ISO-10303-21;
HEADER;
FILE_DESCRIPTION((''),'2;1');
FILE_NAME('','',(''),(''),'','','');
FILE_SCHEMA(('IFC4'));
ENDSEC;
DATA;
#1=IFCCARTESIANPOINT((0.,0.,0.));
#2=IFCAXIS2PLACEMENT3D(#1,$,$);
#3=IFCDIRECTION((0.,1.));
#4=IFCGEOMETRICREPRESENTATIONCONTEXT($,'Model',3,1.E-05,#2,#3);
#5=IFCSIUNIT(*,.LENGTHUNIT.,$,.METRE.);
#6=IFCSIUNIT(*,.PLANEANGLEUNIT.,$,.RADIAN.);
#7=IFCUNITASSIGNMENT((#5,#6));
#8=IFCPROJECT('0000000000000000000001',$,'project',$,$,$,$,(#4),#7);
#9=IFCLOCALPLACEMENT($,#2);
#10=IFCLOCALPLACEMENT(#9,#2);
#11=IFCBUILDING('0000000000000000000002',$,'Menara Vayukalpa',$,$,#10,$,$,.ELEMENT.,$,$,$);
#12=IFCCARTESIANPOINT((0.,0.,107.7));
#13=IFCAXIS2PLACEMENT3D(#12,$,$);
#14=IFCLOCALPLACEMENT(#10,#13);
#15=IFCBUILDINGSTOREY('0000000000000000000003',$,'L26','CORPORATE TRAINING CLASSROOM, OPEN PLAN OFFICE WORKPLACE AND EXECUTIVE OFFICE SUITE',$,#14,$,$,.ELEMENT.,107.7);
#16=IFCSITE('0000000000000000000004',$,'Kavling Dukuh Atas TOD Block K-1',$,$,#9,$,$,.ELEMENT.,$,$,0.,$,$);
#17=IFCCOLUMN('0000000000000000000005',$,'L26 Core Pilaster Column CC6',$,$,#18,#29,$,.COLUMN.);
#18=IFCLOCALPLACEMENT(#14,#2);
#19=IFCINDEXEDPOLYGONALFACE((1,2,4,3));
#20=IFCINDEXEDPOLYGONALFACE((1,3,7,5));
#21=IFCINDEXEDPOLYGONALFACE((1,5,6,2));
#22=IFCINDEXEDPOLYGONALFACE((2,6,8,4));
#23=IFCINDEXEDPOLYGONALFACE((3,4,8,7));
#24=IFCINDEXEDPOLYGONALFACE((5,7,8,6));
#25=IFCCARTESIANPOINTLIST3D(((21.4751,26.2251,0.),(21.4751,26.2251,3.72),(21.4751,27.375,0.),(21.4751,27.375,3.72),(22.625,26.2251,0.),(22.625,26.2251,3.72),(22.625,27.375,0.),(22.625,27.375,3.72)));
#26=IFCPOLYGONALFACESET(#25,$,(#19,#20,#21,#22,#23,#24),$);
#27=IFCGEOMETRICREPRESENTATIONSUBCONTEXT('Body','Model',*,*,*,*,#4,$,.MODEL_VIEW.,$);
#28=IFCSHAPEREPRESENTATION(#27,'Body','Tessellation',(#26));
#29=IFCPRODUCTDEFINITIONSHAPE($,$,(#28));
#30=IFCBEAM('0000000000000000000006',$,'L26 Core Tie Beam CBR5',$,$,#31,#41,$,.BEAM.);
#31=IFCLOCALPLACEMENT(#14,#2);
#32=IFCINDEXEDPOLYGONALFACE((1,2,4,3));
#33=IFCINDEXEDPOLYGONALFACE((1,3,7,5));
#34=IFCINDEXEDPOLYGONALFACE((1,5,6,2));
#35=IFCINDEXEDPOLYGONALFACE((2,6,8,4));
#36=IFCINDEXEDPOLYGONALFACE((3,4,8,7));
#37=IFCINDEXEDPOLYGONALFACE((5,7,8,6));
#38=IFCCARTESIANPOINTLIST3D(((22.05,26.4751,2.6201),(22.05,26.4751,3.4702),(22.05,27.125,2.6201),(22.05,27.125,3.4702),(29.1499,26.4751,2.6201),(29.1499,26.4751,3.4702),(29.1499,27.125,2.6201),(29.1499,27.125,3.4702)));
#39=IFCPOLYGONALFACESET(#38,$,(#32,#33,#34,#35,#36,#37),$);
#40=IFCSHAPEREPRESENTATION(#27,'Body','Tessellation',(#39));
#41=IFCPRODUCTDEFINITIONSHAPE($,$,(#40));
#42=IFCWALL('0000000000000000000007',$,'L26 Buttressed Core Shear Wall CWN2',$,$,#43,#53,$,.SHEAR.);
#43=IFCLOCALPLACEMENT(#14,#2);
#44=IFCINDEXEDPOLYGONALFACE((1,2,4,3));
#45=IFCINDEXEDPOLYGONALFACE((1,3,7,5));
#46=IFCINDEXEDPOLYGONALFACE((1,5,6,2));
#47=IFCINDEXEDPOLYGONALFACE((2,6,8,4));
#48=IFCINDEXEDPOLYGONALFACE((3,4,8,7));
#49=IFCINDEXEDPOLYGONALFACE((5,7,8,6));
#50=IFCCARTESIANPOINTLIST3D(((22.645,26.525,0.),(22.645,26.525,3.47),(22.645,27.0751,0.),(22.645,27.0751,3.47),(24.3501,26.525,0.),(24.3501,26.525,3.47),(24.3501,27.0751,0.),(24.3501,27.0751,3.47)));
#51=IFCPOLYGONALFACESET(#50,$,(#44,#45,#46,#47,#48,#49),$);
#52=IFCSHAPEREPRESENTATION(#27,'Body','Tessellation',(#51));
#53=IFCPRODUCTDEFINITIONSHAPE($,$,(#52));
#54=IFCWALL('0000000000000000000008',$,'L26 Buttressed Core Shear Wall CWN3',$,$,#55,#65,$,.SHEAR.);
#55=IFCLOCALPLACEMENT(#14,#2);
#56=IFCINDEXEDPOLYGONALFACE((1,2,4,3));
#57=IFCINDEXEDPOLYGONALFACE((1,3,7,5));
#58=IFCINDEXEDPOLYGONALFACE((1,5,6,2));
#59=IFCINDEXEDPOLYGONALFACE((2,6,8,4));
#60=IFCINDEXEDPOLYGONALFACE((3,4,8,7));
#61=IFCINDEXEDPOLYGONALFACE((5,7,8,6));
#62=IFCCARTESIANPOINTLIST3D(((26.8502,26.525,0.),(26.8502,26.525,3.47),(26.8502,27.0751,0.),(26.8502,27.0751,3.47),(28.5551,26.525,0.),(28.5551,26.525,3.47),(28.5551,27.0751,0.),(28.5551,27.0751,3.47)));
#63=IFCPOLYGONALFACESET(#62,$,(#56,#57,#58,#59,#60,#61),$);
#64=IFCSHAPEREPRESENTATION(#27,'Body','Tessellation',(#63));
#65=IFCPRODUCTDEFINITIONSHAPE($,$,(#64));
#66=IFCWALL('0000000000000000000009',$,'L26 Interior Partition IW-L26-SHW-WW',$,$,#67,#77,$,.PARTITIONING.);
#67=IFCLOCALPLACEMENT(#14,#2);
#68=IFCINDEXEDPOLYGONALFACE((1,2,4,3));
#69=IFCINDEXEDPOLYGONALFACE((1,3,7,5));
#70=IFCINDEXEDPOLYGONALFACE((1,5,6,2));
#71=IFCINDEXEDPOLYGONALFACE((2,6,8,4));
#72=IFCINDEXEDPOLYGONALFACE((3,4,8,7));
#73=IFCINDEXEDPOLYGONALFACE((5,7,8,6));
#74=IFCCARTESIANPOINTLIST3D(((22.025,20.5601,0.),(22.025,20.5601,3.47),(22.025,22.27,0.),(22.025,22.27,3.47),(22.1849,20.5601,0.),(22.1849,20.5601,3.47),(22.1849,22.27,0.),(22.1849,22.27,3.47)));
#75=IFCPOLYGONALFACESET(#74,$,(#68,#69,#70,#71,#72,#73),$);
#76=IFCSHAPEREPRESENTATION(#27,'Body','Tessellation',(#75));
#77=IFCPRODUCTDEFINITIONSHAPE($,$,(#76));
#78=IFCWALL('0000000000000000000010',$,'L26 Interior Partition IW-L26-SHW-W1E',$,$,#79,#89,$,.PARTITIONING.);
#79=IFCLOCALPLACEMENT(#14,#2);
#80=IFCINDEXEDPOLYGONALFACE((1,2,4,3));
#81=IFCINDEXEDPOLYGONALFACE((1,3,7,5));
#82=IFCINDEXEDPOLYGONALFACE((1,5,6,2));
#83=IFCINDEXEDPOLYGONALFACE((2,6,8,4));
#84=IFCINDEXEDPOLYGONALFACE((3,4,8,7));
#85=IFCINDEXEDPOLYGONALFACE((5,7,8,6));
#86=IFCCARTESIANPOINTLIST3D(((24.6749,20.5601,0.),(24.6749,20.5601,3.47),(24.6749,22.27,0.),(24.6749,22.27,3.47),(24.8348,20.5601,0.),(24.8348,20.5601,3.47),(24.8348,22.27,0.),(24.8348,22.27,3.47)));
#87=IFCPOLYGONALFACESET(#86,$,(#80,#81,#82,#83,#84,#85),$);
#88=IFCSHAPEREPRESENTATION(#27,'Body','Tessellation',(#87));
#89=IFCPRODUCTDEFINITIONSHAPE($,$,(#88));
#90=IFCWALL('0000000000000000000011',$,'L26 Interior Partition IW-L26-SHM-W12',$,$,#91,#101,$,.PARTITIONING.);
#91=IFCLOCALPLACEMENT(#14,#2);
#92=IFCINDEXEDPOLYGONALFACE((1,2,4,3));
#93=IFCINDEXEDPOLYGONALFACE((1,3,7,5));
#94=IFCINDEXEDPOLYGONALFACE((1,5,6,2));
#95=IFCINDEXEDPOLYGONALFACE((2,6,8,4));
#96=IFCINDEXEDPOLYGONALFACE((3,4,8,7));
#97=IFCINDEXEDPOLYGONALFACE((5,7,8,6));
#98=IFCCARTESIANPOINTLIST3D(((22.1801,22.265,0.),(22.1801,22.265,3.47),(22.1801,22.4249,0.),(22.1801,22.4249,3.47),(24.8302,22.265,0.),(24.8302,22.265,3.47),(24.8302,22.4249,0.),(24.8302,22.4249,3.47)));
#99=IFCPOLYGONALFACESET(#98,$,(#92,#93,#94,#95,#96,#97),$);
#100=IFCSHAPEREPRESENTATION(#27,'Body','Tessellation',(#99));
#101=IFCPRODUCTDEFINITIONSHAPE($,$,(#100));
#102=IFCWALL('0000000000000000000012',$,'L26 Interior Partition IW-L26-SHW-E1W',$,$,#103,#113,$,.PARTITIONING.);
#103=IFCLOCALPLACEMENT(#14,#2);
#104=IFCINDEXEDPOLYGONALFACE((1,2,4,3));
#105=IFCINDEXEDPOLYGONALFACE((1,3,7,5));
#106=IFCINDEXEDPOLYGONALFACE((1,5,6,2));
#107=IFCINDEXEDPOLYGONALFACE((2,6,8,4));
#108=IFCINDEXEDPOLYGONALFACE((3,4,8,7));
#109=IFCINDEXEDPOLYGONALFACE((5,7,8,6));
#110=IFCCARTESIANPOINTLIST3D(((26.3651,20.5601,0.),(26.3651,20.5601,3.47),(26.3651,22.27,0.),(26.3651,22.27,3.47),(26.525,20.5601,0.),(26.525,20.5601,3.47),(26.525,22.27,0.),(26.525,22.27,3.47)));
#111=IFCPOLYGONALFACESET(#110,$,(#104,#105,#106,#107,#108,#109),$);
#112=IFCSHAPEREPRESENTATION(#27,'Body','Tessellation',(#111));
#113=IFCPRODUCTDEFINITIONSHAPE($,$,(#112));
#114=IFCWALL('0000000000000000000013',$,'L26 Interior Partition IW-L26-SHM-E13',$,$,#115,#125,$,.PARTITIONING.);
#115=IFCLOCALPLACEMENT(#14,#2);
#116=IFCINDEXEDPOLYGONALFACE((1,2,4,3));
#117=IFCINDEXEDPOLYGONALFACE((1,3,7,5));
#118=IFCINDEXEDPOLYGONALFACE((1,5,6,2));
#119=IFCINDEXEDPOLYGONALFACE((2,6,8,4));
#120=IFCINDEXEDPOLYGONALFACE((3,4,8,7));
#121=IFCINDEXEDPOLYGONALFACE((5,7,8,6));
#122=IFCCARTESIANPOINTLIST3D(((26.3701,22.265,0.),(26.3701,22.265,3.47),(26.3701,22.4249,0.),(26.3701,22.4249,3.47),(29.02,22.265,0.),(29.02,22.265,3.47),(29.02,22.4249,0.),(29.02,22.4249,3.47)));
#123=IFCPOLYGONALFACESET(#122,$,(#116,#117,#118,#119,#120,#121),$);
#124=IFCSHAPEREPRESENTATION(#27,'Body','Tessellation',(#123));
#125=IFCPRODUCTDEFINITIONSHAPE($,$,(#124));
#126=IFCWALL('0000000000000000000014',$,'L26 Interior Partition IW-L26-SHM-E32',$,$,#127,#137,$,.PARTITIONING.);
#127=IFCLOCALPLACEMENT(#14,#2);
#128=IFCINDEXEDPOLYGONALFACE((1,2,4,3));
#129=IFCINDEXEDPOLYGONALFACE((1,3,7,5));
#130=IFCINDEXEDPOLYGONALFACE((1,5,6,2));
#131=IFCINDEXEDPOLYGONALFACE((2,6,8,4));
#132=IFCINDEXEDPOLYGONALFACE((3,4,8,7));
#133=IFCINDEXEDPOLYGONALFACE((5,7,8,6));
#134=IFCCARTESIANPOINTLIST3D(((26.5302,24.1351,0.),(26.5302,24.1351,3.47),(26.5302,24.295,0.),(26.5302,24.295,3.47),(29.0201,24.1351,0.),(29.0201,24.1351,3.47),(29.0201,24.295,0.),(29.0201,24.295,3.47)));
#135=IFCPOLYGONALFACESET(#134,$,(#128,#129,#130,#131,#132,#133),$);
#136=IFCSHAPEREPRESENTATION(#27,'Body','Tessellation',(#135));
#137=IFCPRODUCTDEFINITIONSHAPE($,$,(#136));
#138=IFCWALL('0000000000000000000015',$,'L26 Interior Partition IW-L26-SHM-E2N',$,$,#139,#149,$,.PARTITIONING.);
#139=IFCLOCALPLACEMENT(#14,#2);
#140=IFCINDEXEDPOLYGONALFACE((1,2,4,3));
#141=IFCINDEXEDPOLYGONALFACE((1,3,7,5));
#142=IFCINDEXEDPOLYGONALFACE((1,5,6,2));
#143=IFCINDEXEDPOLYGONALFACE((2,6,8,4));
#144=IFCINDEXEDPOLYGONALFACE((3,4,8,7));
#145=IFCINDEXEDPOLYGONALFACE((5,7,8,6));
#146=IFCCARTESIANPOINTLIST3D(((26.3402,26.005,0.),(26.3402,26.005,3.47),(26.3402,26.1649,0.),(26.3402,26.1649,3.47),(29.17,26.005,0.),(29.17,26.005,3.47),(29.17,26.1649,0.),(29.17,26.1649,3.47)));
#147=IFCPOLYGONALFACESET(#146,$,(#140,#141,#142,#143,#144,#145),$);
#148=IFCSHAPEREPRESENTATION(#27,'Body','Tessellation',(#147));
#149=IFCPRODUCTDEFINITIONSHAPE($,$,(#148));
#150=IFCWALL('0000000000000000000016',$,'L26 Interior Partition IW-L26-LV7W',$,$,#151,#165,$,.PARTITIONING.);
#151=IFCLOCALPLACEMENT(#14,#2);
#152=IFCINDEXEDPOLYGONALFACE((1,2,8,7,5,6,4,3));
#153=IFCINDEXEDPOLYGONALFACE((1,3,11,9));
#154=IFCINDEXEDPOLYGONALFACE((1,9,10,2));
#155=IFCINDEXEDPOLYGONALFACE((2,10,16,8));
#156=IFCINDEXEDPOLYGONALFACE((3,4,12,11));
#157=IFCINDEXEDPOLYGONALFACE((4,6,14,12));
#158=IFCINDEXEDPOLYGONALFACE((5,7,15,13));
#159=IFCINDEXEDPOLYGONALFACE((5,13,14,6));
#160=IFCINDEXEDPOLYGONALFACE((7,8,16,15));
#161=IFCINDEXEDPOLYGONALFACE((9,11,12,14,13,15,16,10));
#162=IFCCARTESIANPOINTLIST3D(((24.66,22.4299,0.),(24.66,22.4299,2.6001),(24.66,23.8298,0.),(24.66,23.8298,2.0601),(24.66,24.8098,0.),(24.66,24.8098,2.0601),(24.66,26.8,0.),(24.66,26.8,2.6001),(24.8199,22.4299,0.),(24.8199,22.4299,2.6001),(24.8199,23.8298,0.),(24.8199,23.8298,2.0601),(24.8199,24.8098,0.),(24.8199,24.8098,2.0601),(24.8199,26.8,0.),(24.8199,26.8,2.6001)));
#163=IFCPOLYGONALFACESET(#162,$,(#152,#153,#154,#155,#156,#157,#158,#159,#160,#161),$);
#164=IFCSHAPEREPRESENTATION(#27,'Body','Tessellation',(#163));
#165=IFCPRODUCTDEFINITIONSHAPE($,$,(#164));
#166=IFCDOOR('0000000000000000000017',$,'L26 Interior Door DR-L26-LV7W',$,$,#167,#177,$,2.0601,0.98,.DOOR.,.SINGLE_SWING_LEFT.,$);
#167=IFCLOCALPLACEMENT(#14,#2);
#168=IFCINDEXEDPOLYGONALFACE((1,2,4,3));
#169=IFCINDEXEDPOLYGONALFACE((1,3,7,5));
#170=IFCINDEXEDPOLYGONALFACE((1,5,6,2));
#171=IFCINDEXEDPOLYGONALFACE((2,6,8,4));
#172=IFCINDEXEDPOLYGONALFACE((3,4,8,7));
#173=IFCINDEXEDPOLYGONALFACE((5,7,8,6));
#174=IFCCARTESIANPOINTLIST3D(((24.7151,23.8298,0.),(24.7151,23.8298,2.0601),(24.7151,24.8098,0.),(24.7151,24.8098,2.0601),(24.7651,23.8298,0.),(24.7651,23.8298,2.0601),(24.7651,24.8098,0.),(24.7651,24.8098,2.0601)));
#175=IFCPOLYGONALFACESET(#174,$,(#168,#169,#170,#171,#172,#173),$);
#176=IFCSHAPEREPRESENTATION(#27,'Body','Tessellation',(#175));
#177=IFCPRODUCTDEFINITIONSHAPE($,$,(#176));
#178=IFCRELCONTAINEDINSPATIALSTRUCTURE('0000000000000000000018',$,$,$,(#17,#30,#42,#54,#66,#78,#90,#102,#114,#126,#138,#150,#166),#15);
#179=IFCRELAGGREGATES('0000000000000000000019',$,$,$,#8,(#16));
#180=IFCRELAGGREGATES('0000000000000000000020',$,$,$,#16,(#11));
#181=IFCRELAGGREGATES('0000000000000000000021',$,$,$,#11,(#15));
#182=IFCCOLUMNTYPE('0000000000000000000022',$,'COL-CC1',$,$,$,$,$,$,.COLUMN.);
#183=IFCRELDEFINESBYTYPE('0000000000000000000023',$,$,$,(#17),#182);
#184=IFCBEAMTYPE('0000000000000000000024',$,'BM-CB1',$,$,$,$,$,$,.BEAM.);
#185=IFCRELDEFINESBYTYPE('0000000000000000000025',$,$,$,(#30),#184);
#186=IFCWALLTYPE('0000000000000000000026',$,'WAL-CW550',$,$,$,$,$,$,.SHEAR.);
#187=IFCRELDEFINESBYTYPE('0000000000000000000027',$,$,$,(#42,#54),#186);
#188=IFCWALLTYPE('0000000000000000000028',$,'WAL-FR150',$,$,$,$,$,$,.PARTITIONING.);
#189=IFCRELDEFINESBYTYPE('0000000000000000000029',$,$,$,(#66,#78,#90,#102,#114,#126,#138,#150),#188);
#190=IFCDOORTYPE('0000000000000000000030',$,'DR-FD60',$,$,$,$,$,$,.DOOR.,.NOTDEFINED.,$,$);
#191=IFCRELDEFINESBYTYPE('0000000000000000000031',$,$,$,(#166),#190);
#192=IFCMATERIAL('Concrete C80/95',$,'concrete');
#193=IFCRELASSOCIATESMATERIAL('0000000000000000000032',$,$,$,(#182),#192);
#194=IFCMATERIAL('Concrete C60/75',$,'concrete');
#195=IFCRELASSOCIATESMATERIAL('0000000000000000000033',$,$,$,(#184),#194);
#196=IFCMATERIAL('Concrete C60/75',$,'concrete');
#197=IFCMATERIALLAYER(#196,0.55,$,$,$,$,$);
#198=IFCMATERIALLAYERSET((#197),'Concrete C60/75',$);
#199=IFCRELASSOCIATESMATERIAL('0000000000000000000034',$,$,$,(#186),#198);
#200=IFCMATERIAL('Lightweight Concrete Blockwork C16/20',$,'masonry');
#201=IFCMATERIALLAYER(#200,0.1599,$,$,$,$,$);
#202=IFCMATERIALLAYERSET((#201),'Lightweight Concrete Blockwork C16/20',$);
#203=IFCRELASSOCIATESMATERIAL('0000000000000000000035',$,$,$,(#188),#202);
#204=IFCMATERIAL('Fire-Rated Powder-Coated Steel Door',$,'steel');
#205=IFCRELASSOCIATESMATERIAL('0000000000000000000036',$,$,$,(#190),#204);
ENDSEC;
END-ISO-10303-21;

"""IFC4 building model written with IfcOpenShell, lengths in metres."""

from ifc_helpers import new_model, si_unit, direction, frame, frame_2d, origin, origin_2d, place, context, subcontext, project, spatial, rectangle, extrude, material, layer, layer_set, material_profile, profile_set, type_object, element, fill, save


model = new_model("IFC4")

# Units and contexts
model_context = context("Model", 3, precision=1e-05, world=origin(), true_north=direction((0.0, 1.0)))
body_context = subcontext(model_context, "Body", "Model", "MODEL_VIEW")
ifc_project = project(units=[si_unit("LENGTHUNIT", "METRE"), si_unit("PLANEANGLEUNIT", "RADIAN")], contexts=[model_context])

# Site, building, storey
site_placement = place(None, origin())
site = spatial("IfcSite", under=ifc_project, at=site_placement, Name="Kavling Dukuh Atas TOD Block K-1", CompositionType="ELEMENT", RefElevation=0.0)
building_placement = place(site_placement, origin())
building = spatial("IfcBuilding", under=site, at=building_placement, Name="Menara Vayukalpa", CompositionType="ELEMENT")
storey_placement = place(building_placement, frame((0.0, 0.0, 107.7)))
storey = spatial("IfcBuildingStorey", under=building, at=storey_placement, Name="L26", Description="CORPORATE TRAINING CLASSROOM, OPEN PLAN OFFICE WORKPLACE AND EXECUTIVE OFFICE SUITE", CompositionType="ELEMENT", Elevation=107.7)

# Column
ifc_material_1 = material(Name="Concrete C80/95", Category="concrete")
ifc_material_profile_1 = material_profile(ifc_material_1, rectangle(XDim=1.1499, YDim=1.1499, at=origin_2d()), Name="RC 1150x1150")
ifc_profile_set_1 = profile_set([ifc_material_profile_1], Name="Concrete C80/95")
column_type = type_object("IfcColumnType", Name="COL-CC1", PredefinedType="COLUMN", material=ifc_profile_set_1)
column_placement = place(storey_placement, frame((22.05, 26.8, 0.0), z_axis=(0.0, 0.0, 1.0), x_axis=(1.0, 0.0, 0.0)))
element("IfcColumn", 1, at=column_placement, inside=storey, type_object=column_type, Name="L26 Core Pilaster Column CC6", PredefinedType="COLUMN", context=body_context, shape_type="SweptSolid", body=[
    extrude(rectangle(XDim=1.1499, YDim=1.1499, at=origin_2d()), origin(), (0.0, 0.0, 1.0), 3.72),
])

# Beam
ifc_material_2 = material(Name="Concrete C60/75", Category="concrete")
ifc_material_profile_2 = material_profile(ifc_material_2, rectangle(XDim=0.6499, YDim=0.8501, at=origin_2d()), Name="RC 650x850")
ifc_profile_set_2 = profile_set([ifc_material_profile_2], Name="Concrete C60/75")
beam_type = type_object("IfcBeamType", Name="BM-CB1", PredefinedType="BEAM", material=ifc_profile_set_2)
beam_placement = place(storey_placement, frame((22.05, 26.8, 3.0452), z_axis=(1.0, 0.0, 0.0), x_axis=(0.0, 1.0, 0.0)))
element("IfcBeam", 2, at=beam_placement, inside=storey, type_object=beam_type, Name="L26 Core Tie Beam CBR5", PredefinedType="BEAM", context=body_context, shape_type="SweptSolid", body=[
    extrude(rectangle(XDim=0.6499, YDim=0.8501, at=origin_2d()), origin(), (0.0, 0.0, 1.0), 7.0999),
])

# Walls
ifc_material_3 = material(Name="Concrete C60/75", Category="concrete")
ifc_layer_1 = layer(ifc_material_3, 0.55)
ifc_layer_set_1 = layer_set([ifc_layer_1], Name="Concrete C60/75")
wall_type_1 = type_object("IfcWallType", Name="WAL-CW550", PredefinedType="SHEAR", material=ifc_layer_set_1)
wall_1_placement = place(storey_placement, frame((22.645, 26.8, 0.0), z_axis=(0.0, 0.0, 1.0), x_axis=(1.0, 0.0, 0.0)))
element("IfcWall", 3, at=wall_1_placement, inside=storey, type_object=wall_type_1, Name="L26 Buttressed Core Shear Wall CWN2", PredefinedType="SHEAR", context=body_context, shape_type="SweptSolid", body=[
    extrude(rectangle(XDim=1.7051, YDim=0.55, at=frame_2d((0.8525, 0.0))), origin(), (0.0, 0.0, 1.0), 3.47),
])
wall_2_placement = place(storey_placement, frame((26.8501, 26.8, 0.0), z_axis=(0.0, 0.0, 1.0), x_axis=(1.0, 0.0, 0.0)))
element("IfcWall", 4, at=wall_2_placement, inside=storey, type_object=wall_type_1, Name="L26 Buttressed Core Shear Wall CWN3", PredefinedType="SHEAR", context=body_context, shape_type="SweptSolid", body=[
    extrude(rectangle(XDim=1.7048, YDim=0.55, at=frame_2d((0.8525, 0.0))), origin(), (0.0, 0.0, 1.0), 3.47),
])
ifc_material_4 = material(Name="Lightweight Concrete Blockwork C16/20", Category="masonry")
ifc_layer_2 = layer(ifc_material_4, 0.1599)
ifc_layer_set_2 = layer_set([ifc_layer_2], Name="Lightweight Concrete Blockwork C16/20")
wall_type_2 = type_object("IfcWallType", Name="WAL-FR150", PredefinedType="PARTITIONING", material=ifc_layer_set_2)
for number, where, z_axis, x_axis, name in (
    (5, (22.105, 20.5601, 0.0), (0.0, 0.0, 1.0), (0.0, 1.0, 0.0), "L26 Interior Partition IW-L26-SHW-WW"),
    (6, (24.7549, 20.5601, 0.0), (0.0, 0.0, 1.0), (0.0, 1.0, 0.0), "L26 Interior Partition IW-L26-SHW-W1E"),
):
    element("IfcWall", number, at=place(storey_placement, frame(where, z_axis=z_axis, x_axis=x_axis)), inside=storey, type_object=wall_type_2, Name=name, PredefinedType="PARTITIONING", context=body_context, shape_type="SweptSolid", body=[
        extrude(rectangle(XDim=1.71, YDim=0.1599, at=frame_2d((0.855, 0.0))), origin(), (0.0, 0.0, 1.0), 3.47),
    ])
wall_3_placement = place(storey_placement, frame((22.1799, 22.345, 0.0), z_axis=(0.0, 0.0, 1.0), x_axis=(1.0, 0.0, 0.0)))
element("IfcWall", 7, at=wall_3_placement, inside=storey, type_object=wall_type_2, Name="L26 Interior Partition IW-L26-SHM-W12", PredefinedType="PARTITIONING", context=body_context, shape_type="SweptSolid", body=[
    extrude(rectangle(XDim=2.6501, YDim=0.1599, at=frame_2d((1.3252, 0.0))), origin(), (0.0, 0.0, 1.0), 3.47),
])
wall_4_placement = place(storey_placement, frame((26.4451, 20.5601, 0.0), z_axis=(0.0, 0.0, 1.0), x_axis=(0.0, 1.0, 0.0)))
element("IfcWall", 8, at=wall_4_placement, inside=storey, type_object=wall_type_2, Name="L26 Interior Partition IW-L26-SHW-E1W", PredefinedType="PARTITIONING", context=body_context, shape_type="SweptSolid", body=[
    extrude(rectangle(XDim=1.71, YDim=0.1599, at=frame_2d((0.855, 0.0))), origin(), (0.0, 0.0, 1.0), 3.47),
])
wall_5_placement = place(storey_placement, frame((26.3701, 22.345, 0.0), z_axis=(0.0, 0.0, 1.0), x_axis=(1.0, 0.0, 0.0)))
element("IfcWall", 9, at=wall_5_placement, inside=storey, type_object=wall_type_2, Name="L26 Interior Partition IW-L26-SHM-E13", PredefinedType="PARTITIONING", context=body_context, shape_type="SweptSolid", body=[
    extrude(rectangle(XDim=2.6499, YDim=0.1599, at=frame_2d((1.325, 0.0))), origin(), (0.0, 0.0, 1.0), 3.47),
])
wall_6_placement = place(storey_placement, frame((26.53, 24.2151, 0.0), z_axis=(0.0, 0.0, 1.0), x_axis=(1.0, 0.0, 0.0)))
element("IfcWall", 10, at=wall_6_placement, inside=storey, type_object=wall_type_2, Name="L26 Interior Partition IW-L26-SHM-E32", PredefinedType="PARTITIONING", context=body_context, shape_type="SweptSolid", body=[
    extrude(rectangle(XDim=2.49, YDim=0.1599, at=frame_2d((1.2451, 0.0))), origin(), (0.0, 0.0, 1.0), 3.47),
])
wall_7_placement = place(storey_placement, frame((26.3401, 26.085, 0.0), z_axis=(0.0, 0.0, 1.0), x_axis=(1.0, 0.0, 0.0)))
element("IfcWall", 11, at=wall_7_placement, inside=storey, type_object=wall_type_2, Name="L26 Interior Partition IW-L26-SHM-E2N", PredefinedType="PARTITIONING", context=body_context, shape_type="SweptSolid", body=[
    extrude(rectangle(XDim=2.8298, YDim=0.1599, at=frame_2d((1.415, 0.0))), origin(), (0.0, 0.0, 1.0), 3.47),
])

# Wall, opening, door
wall_8_placement = place(storey_placement, frame((24.74, 22.4299, 0.0), z_axis=(0.0, 0.0, 1.0), x_axis=(0.0, 1.0, 0.0)))
wall_8 = element("IfcWall", 12, at=wall_8_placement, inside=storey, type_object=wall_type_2, Name="L26 Interior Partition IW-L26-LV7W", PredefinedType="PARTITIONING", context=body_context, shape_type="SweptSolid", body=[
    extrude(rectangle(XDim=4.3701, YDim=0.1599, at=frame_2d((2.1851, 0.0))), origin(), (0.0, 0.0, 1.0), 2.6001),
])
opening_1_placement = place(wall_8_placement, frame((1.3999, 0.0, 0.0)))
opening_1 = element("IfcOpeningElement", 13, at=opening_1_placement, cuts=wall_8, PredefinedType="OPENING", context=body_context, shape_type="SweptSolid", body=[
    extrude(rectangle(XDim=0.98, YDim=2.0601, at=frame_2d((0.49, 1.03))), frame((0.0, 0.0898, 0.0), z_axis=(0.0, -1.0, 0.0), x_axis=(1.0, 0.0, 0.0)), (0.0, 0.0, 1.0), 0.1799),
])
ifc_material_5 = material(Name="Fire-Rated Powder-Coated Steel Door", Category="steel")
door_type_1 = type_object("IfcDoorType", Name="DR-FD60", OperationType="NOTDEFINED", PredefinedType="DOOR", material=ifc_material_5)
door_1_placement = place(opening_1_placement, origin())
door_1 = element("IfcDoor", 14, at=door_1_placement, inside=storey, type_object=door_type_1, Name="L26 Interior Door DR-L26-LV7W", OperationType="SINGLE_SWING_LEFT", OverallHeight=2.0601, OverallWidth=0.98, PredefinedType="DOOR", context=body_context, shape_type="SweptSolid", body=[
    extrude(rectangle(XDim=0.98, YDim=2.0601, at=frame_2d((0.49, 1.03))), frame((0.0, 0.0249, 0.0), z_axis=(0.0, -1.0, 0.0), x_axis=(1.0, 0.0, 0.0)), (0.0, 0.0, 1.0), 0.05),
])
fill(opening_1, door_1)

save(model, "model.ifc")
